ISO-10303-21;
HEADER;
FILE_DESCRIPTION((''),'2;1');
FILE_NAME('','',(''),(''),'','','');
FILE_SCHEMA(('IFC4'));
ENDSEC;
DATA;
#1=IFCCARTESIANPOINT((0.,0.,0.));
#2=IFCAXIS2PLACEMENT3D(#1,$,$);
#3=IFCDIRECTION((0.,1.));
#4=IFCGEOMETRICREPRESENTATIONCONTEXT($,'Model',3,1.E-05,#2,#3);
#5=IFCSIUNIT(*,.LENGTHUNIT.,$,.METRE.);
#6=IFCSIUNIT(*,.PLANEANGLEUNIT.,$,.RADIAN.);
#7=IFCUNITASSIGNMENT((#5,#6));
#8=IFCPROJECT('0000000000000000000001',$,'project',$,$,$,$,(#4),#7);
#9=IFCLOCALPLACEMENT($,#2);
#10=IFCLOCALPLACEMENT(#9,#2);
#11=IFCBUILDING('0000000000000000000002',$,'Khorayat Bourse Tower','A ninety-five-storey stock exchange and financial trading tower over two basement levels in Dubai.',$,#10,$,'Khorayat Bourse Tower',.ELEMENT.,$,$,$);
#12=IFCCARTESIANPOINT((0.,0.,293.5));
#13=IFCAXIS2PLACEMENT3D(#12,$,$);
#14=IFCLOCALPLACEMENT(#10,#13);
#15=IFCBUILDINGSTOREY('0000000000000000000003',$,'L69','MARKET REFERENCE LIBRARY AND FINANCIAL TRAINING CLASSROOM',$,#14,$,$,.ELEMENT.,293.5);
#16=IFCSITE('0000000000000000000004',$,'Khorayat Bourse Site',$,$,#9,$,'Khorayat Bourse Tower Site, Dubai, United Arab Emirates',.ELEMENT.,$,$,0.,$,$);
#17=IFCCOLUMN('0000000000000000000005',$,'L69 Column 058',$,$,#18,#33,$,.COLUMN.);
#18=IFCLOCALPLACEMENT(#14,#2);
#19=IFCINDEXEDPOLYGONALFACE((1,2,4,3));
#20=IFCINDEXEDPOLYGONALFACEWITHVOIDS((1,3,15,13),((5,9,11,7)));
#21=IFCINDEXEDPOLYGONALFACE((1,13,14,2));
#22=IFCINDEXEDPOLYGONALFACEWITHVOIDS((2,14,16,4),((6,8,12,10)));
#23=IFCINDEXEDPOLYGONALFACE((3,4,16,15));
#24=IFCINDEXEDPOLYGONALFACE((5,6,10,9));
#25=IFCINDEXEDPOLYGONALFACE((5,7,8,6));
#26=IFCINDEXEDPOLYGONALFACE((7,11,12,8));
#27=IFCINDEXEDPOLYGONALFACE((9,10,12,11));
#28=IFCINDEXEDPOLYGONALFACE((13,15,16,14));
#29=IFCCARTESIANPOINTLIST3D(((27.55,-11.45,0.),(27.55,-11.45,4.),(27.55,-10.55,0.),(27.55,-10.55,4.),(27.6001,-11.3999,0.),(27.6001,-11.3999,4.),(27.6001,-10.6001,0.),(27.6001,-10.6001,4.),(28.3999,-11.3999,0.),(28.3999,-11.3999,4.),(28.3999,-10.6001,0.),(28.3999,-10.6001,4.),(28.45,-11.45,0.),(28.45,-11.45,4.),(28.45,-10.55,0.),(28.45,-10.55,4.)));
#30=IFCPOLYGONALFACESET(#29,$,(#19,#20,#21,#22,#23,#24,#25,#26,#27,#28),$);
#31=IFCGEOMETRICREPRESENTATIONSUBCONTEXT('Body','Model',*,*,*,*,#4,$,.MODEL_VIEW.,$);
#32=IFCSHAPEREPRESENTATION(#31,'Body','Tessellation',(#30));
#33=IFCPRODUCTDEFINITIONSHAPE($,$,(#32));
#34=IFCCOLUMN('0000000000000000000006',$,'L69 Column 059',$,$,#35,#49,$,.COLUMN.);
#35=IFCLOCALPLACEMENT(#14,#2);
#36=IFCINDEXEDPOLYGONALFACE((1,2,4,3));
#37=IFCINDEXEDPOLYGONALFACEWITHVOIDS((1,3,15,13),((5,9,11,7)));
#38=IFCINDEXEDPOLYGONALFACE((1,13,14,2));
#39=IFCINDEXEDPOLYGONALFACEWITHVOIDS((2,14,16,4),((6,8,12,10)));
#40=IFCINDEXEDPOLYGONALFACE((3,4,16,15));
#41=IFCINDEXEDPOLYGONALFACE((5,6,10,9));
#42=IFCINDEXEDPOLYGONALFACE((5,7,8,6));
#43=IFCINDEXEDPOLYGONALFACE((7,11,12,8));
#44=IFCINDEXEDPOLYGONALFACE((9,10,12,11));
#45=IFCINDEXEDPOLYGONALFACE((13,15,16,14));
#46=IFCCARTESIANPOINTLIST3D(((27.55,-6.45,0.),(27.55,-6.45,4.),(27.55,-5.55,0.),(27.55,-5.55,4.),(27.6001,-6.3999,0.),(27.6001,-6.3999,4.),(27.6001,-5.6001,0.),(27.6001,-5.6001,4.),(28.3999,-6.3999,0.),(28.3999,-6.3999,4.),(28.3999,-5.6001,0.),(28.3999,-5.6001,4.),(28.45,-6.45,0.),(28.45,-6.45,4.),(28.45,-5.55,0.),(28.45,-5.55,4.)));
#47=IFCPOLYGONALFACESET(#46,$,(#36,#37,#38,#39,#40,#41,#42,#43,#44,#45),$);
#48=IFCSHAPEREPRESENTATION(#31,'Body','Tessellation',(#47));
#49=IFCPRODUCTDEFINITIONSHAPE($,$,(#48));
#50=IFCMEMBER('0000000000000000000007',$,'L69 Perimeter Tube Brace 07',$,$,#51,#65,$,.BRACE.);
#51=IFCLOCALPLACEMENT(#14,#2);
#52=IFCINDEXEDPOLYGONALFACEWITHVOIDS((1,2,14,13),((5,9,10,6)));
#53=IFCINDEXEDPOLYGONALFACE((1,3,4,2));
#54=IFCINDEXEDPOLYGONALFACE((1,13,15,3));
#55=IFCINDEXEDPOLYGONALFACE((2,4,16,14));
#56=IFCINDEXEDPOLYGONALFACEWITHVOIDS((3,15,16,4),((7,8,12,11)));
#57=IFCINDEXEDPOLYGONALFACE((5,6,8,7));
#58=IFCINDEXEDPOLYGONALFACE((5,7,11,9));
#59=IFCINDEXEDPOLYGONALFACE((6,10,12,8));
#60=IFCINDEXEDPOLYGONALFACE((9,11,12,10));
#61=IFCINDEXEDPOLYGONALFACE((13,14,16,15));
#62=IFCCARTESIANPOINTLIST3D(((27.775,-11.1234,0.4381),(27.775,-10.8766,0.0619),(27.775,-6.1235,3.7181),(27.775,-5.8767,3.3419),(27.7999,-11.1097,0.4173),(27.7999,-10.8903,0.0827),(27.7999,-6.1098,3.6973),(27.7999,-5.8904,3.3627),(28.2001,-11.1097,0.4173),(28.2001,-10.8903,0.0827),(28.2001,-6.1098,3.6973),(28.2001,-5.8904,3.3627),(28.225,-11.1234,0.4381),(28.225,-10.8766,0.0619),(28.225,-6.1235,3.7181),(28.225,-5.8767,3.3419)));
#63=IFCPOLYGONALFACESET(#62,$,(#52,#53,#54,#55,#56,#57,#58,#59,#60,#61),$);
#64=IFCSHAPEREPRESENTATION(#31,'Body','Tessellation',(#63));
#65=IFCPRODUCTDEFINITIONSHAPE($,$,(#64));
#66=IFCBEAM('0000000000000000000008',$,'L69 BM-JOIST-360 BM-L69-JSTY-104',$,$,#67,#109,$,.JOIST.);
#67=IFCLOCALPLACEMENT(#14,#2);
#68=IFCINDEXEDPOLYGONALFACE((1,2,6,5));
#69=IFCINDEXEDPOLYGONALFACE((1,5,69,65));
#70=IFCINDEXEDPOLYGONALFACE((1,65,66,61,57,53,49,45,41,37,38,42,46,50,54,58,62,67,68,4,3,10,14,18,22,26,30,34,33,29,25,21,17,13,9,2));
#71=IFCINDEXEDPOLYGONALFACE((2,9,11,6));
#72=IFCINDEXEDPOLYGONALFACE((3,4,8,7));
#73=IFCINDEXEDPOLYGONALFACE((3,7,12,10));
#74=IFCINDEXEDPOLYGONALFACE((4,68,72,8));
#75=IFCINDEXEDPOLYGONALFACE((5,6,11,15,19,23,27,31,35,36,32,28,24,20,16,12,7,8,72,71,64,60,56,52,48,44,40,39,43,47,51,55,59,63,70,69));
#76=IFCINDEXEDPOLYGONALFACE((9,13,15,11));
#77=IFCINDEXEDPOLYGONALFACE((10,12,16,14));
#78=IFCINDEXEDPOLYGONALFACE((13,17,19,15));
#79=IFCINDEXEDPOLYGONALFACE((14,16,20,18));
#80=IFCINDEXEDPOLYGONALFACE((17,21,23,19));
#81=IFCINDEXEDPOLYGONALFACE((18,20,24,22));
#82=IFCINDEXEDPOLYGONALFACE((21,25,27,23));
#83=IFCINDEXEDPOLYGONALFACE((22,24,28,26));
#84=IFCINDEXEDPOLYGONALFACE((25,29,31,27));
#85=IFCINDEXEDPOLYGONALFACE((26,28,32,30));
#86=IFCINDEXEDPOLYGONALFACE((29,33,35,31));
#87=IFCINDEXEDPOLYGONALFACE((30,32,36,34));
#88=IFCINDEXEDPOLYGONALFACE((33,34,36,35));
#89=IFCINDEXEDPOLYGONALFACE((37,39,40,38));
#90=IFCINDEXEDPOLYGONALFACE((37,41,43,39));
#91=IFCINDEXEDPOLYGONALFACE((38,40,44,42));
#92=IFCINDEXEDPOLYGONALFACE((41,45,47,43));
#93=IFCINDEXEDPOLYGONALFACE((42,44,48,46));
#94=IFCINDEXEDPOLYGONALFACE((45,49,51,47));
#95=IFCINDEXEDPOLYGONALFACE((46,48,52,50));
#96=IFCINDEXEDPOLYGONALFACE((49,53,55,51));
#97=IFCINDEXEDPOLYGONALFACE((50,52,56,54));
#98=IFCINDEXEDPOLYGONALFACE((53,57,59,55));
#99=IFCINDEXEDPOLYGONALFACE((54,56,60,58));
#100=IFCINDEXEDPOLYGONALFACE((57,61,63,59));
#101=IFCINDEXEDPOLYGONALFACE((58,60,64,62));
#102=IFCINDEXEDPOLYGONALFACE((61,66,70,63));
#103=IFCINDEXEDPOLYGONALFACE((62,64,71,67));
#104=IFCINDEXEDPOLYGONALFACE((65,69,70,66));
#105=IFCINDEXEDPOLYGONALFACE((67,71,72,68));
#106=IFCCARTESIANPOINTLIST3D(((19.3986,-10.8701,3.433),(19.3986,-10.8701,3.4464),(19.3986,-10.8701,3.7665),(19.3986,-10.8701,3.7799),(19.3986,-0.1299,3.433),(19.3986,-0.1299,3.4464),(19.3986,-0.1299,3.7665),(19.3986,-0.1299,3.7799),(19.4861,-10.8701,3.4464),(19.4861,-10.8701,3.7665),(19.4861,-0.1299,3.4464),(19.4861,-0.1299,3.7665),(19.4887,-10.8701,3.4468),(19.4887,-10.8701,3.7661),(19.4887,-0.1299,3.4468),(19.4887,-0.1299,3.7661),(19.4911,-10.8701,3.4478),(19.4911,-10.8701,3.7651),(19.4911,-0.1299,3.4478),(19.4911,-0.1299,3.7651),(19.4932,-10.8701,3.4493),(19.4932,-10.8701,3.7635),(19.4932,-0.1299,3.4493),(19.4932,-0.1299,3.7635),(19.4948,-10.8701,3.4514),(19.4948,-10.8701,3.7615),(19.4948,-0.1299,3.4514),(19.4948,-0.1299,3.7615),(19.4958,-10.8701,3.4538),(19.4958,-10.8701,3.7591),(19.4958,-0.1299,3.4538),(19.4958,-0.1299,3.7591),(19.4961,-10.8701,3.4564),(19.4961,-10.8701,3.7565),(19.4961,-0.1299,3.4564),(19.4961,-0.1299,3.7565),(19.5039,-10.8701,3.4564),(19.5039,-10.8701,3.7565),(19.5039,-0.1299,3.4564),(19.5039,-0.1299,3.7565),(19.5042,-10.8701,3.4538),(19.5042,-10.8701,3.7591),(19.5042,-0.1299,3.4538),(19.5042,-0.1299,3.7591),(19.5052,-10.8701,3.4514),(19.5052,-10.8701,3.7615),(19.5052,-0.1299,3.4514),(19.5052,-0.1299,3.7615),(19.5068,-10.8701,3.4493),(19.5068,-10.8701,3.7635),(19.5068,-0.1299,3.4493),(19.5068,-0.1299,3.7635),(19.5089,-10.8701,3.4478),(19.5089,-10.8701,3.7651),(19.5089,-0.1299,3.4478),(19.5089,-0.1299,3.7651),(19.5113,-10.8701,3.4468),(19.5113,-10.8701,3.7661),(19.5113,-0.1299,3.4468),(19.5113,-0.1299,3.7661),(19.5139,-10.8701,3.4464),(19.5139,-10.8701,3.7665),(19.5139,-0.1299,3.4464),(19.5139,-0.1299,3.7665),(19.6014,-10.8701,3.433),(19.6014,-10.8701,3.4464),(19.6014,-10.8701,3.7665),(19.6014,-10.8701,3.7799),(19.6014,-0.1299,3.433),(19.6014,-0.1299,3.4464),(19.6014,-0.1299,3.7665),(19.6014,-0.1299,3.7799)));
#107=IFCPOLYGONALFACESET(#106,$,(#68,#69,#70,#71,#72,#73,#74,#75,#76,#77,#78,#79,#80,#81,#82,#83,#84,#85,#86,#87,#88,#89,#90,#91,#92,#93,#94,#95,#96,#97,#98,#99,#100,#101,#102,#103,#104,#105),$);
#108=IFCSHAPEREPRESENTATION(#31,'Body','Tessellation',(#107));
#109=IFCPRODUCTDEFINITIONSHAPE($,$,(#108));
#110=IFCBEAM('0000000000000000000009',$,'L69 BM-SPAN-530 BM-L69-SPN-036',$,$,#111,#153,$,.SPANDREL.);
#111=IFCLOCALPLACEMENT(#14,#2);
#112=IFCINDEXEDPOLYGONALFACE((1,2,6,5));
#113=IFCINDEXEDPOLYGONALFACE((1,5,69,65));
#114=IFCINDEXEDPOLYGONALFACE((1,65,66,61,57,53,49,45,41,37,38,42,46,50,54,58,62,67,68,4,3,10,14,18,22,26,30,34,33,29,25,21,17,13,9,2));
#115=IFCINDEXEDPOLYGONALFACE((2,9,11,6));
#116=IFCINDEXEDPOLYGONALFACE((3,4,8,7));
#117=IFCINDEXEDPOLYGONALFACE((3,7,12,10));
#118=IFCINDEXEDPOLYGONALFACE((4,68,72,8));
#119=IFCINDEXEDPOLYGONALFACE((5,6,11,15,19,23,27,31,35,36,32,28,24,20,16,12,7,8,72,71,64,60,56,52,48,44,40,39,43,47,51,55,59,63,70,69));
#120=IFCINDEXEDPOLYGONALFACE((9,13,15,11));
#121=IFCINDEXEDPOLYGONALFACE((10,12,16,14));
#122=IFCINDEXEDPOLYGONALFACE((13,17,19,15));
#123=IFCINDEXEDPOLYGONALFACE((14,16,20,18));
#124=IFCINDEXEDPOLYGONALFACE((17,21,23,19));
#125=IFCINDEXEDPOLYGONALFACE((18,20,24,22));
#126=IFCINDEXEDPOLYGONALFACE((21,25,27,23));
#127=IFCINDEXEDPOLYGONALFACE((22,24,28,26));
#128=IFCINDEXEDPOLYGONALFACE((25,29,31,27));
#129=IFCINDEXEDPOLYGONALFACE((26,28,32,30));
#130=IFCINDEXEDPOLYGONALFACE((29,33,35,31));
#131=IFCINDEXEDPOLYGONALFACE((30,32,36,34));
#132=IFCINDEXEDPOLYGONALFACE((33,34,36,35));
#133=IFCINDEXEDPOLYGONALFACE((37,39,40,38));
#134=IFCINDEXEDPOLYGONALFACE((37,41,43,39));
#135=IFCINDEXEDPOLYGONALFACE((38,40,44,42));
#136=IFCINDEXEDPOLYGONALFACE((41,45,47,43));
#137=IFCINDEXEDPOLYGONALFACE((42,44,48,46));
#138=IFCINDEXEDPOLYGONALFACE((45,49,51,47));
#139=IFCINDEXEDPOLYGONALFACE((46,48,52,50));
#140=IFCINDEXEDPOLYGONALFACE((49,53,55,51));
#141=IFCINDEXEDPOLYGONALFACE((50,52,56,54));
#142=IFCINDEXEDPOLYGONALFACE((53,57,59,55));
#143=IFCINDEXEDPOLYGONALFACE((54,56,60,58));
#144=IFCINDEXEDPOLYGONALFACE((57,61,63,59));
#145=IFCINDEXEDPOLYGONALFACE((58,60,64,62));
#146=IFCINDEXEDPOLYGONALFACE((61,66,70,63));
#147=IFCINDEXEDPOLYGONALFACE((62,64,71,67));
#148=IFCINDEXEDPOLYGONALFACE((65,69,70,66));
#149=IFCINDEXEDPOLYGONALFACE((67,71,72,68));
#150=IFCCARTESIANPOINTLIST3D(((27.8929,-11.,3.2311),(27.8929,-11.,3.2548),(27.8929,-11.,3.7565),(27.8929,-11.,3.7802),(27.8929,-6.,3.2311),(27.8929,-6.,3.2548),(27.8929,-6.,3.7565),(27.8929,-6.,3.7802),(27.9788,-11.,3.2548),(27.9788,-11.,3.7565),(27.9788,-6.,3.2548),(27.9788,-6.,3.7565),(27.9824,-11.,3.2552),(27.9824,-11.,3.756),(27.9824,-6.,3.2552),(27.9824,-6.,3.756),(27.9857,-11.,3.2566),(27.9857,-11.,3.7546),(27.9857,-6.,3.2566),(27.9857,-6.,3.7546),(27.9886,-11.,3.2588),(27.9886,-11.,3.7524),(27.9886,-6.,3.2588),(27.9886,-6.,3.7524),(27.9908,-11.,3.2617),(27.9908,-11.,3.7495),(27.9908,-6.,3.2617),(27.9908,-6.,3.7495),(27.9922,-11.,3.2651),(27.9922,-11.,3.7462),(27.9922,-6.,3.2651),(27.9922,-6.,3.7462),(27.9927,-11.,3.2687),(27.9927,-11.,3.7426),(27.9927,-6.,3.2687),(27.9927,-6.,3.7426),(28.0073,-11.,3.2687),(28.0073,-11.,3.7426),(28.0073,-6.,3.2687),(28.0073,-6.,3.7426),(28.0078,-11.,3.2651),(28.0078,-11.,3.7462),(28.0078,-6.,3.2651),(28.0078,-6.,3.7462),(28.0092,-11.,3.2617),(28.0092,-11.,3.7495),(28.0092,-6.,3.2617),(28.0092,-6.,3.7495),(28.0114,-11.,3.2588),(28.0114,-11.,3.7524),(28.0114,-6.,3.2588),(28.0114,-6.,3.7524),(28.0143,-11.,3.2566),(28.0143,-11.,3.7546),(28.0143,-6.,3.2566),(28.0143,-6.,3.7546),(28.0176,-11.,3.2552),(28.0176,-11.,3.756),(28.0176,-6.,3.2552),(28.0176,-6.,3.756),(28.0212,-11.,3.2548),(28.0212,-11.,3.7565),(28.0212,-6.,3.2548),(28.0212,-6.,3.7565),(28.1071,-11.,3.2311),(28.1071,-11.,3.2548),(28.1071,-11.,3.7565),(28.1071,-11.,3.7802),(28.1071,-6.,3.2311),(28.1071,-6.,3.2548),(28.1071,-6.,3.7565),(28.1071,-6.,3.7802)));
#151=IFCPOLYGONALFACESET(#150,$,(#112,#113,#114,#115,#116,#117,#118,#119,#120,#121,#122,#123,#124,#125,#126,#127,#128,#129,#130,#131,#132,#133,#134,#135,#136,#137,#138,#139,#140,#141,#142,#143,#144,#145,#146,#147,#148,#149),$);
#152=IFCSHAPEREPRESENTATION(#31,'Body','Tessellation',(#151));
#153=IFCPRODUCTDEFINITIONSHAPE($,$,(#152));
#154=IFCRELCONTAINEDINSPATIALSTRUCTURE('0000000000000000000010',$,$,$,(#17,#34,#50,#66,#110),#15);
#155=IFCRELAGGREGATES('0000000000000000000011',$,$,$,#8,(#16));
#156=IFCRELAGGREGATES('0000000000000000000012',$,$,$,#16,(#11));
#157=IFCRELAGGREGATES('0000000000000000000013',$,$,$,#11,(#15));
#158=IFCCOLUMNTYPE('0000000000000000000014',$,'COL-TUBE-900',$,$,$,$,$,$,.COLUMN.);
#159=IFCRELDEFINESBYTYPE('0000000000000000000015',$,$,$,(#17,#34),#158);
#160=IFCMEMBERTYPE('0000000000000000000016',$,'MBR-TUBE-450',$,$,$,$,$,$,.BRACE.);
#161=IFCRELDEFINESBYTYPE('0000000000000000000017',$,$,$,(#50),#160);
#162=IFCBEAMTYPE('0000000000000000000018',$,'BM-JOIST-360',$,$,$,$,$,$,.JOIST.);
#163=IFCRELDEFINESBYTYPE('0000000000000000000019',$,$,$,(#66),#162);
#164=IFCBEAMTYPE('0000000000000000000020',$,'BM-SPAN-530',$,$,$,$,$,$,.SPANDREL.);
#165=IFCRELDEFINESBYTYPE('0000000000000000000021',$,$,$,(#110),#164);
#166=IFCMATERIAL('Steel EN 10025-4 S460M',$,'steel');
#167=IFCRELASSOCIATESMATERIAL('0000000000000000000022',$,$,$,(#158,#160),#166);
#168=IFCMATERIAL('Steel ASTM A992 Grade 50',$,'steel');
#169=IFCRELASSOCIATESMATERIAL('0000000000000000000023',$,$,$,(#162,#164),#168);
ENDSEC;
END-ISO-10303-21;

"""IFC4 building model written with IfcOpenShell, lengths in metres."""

from ifc_helpers import new_model, si_unit, direction, frame, origin, origin_2d, place, context, subcontext, project, spatial, hollow_rectangle, i_section, extrude, source, transform, mapped, material, material_profile, profile_set, type_object, element, save


model = new_model("IFC4")

# Units and contexts
model_context = context("Model", 3, precision=1e-05, world=origin(), true_north=direction((0.0, 1.0)))
body_context = subcontext(model_context, "Body", "Model", "MODEL_VIEW")
ifc_project = project(units=[si_unit("LENGTHUNIT", "METRE"), si_unit("PLANEANGLEUNIT", "RADIAN")], contexts=[model_context])

# Site, building, storey
site_placement = place(None, origin())
site = spatial("IfcSite", under=ifc_project, at=site_placement, Name="Khorayat Bourse Site", LongName="Khorayat Bourse Tower Site, Dubai, United Arab Emirates", CompositionType="ELEMENT", RefElevation=0.0)
building_placement = place(site_placement, origin())
building = spatial("IfcBuilding", under=site, at=building_placement, Name="Khorayat Bourse Tower", Description="A ninety-five-storey stock exchange and financial trading tower over two basement levels in Dubai.", LongName="Khorayat Bourse Tower", CompositionType="ELEMENT")
storey_placement = place(building_placement, frame((0.0, 0.0, 293.5)))
storey = spatial("IfcBuildingStorey", under=building, at=storey_placement, Name="L69", Description="MARKET REFERENCE LIBRARY AND FINANCIAL TRAINING CLASSROOM", CompositionType="ELEMENT", Elevation=293.5)

# Columns
ifc_material_1 = material(Name="Steel EN 10025-4 S460M", Category="steel")
ifc_material_profile_1 = material_profile(ifc_material_1, hollow_rectangle(XDim=0.8999, YDim=0.8999, WallThickness=0.05, at=origin_2d()), Name="BOX 900x900x50")
ifc_profile_set_1 = profile_set([ifc_material_profile_1], Name="Steel EN 10025-4 S460M")
column_type = type_object("IfcColumnType", Name="COL-TUBE-900", PredefinedType="COLUMN", material=ifc_profile_set_1)
shared_shape_1 = source(origin(), body_context, "Body", "SweptSolid", [
    extrude(hollow_rectangle(XDim=0.8999, YDim=0.8999, WallThickness=0.05, at=origin_2d()), origin(), (0.0, 0.0, 1.0), 4.0),
])
for number, where, z_axis, x_axis, name in (
    (1, (28.0, -11.0, 0.0), (0.0, 0.0, 1.0), (1.0, 0.0, 0.0), "L69 Column 058"),
    (2, (28.0, -6.0, 0.0), (0.0, 0.0, 1.0), (1.0, 0.0, 0.0), "L69 Column 059"),
):
    element("IfcColumn", number, at=place(storey_placement, frame(where, z_axis=z_axis, x_axis=x_axis)), inside=storey, type_object=column_type, Name=name, PredefinedType="COLUMN", context=body_context, shape_type="MappedRepresentation", body=[
        mapped(shared_shape_1, transform((0.0, 0.0, 0.0), scale=1.0)),
    ])

# Member
ifc_material_profile_2 = material_profile(ifc_material_1, hollow_rectangle(XDim=0.45, YDim=0.45, WallThickness=0.0249, at=origin_2d()), Name="HSS 450x450x25")
ifc_profile_set_2 = profile_set([ifc_material_profile_2], Name="Steel EN 10025-4 S460M")
member_type_1 = type_object("IfcMemberType", Name="MBR-TUBE-450", PredefinedType="BRACE", material=ifc_profile_set_2)
shared_shape_2 = source(origin(), body_context, "Body", "SweptSolid", [
    extrude(hollow_rectangle(XDim=0.45, YDim=0.45, WallThickness=0.0249, at=origin_2d()), origin(), (0.0, 0.0, 1.0), 5.9797),
])
member_1_placement = place(storey_placement, frame((28.0, -11.0, 0.25), z_axis=(0.0, 0.836142, 0.548514), x_axis=(-1.0, 0.0, 0.0)))
element("IfcMember", 3, at=member_1_placement, inside=storey, type_object=member_type_1, Name="L69 Perimeter Tube Brace 07", PredefinedType="BRACE", context=body_context, shape_type="MappedRepresentation", body=[
    mapped(shared_shape_2, transform((0.0, 0.0, 0.0), scale=1.0)),
])

# Beams
ifc_material_2 = material(Name="Steel ASTM A992 Grade 50", Category="steel")
ifc_material_profile_3 = material_profile(ifc_material_2, i_section(OverallWidth=0.2029, OverallDepth=0.3469, WebThickness=0.0078, FlangeThickness=0.0134, FilletRadius=0.01, at=origin_2d()), Name="W360X64")
ifc_profile_set_3 = profile_set([ifc_material_profile_3], Name="Steel ASTM A992 Grade 50")
beam_type_1 = type_object("IfcBeamType", Name="BM-JOIST-360", PredefinedType="JOIST", material=ifc_profile_set_3)
shared_shape_3 = source(origin(), body_context, "Body", "SweptSolid", [
    extrude(i_section(OverallWidth=0.2029, OverallDepth=0.3469, WebThickness=0.0078, FlangeThickness=0.0134, FilletRadius=0.01, at=origin_2d()), origin(), (0.0, 0.0, 1.0), 10.7402),
])
beam_1_placement = place(storey_placement, frame((19.5, -10.8701, 3.6064), z_axis=(0.0, 1.0, 0.0), x_axis=(-1.0, 0.0, 0.0)))
element("IfcBeam", 4, at=beam_1_placement, inside=storey, type_object=beam_type_1, Name="L69 BM-JOIST-360 BM-L69-JSTY-104", PredefinedType="JOIST", context=body_context, shape_type="MappedRepresentation", body=[
    mapped(shared_shape_3, transform((0.0, 0.0, 0.0), scale=1.0)),
])
ifc_material_profile_4 = material_profile(ifc_material_2, i_section(OverallWidth=0.2141, OverallDepth=0.5491, WebThickness=0.0146, FlangeThickness=0.0237, FilletRadius=0.0139, at=origin_2d()), Name="W530X138")
ifc_profile_set_4 = profile_set([ifc_material_profile_4], Name="Steel ASTM A992 Grade 50")
beam_type_2 = type_object("IfcBeamType", Name="BM-SPAN-530", PredefinedType="SPANDREL", material=ifc_profile_set_4)
shared_shape_4 = source(origin(), body_context, "Body", "SweptSolid", [
    extrude(i_section(OverallWidth=0.2141, OverallDepth=0.5491, WebThickness=0.0146, FlangeThickness=0.0237, FilletRadius=0.0139, at=origin_2d()), origin(), (0.0, 0.0, 1.0), 5.0),
])
beam_2_placement = place(storey_placement, frame((28.0, -11.0, 3.5056), z_axis=(0.0, 1.0, 0.0), x_axis=(-1.0, 0.0, 0.0)))
element("IfcBeam", 5, at=beam_2_placement, inside=storey, type_object=beam_type_2, Name="L69 BM-SPAN-530 BM-L69-SPN-036", PredefinedType="SPANDREL", context=body_context, shape_type="MappedRepresentation", body=[
    mapped(shared_shape_4, transform((0.0, 0.0, 0.0), scale=1.0)),
])

save(model, "model.ifc")
